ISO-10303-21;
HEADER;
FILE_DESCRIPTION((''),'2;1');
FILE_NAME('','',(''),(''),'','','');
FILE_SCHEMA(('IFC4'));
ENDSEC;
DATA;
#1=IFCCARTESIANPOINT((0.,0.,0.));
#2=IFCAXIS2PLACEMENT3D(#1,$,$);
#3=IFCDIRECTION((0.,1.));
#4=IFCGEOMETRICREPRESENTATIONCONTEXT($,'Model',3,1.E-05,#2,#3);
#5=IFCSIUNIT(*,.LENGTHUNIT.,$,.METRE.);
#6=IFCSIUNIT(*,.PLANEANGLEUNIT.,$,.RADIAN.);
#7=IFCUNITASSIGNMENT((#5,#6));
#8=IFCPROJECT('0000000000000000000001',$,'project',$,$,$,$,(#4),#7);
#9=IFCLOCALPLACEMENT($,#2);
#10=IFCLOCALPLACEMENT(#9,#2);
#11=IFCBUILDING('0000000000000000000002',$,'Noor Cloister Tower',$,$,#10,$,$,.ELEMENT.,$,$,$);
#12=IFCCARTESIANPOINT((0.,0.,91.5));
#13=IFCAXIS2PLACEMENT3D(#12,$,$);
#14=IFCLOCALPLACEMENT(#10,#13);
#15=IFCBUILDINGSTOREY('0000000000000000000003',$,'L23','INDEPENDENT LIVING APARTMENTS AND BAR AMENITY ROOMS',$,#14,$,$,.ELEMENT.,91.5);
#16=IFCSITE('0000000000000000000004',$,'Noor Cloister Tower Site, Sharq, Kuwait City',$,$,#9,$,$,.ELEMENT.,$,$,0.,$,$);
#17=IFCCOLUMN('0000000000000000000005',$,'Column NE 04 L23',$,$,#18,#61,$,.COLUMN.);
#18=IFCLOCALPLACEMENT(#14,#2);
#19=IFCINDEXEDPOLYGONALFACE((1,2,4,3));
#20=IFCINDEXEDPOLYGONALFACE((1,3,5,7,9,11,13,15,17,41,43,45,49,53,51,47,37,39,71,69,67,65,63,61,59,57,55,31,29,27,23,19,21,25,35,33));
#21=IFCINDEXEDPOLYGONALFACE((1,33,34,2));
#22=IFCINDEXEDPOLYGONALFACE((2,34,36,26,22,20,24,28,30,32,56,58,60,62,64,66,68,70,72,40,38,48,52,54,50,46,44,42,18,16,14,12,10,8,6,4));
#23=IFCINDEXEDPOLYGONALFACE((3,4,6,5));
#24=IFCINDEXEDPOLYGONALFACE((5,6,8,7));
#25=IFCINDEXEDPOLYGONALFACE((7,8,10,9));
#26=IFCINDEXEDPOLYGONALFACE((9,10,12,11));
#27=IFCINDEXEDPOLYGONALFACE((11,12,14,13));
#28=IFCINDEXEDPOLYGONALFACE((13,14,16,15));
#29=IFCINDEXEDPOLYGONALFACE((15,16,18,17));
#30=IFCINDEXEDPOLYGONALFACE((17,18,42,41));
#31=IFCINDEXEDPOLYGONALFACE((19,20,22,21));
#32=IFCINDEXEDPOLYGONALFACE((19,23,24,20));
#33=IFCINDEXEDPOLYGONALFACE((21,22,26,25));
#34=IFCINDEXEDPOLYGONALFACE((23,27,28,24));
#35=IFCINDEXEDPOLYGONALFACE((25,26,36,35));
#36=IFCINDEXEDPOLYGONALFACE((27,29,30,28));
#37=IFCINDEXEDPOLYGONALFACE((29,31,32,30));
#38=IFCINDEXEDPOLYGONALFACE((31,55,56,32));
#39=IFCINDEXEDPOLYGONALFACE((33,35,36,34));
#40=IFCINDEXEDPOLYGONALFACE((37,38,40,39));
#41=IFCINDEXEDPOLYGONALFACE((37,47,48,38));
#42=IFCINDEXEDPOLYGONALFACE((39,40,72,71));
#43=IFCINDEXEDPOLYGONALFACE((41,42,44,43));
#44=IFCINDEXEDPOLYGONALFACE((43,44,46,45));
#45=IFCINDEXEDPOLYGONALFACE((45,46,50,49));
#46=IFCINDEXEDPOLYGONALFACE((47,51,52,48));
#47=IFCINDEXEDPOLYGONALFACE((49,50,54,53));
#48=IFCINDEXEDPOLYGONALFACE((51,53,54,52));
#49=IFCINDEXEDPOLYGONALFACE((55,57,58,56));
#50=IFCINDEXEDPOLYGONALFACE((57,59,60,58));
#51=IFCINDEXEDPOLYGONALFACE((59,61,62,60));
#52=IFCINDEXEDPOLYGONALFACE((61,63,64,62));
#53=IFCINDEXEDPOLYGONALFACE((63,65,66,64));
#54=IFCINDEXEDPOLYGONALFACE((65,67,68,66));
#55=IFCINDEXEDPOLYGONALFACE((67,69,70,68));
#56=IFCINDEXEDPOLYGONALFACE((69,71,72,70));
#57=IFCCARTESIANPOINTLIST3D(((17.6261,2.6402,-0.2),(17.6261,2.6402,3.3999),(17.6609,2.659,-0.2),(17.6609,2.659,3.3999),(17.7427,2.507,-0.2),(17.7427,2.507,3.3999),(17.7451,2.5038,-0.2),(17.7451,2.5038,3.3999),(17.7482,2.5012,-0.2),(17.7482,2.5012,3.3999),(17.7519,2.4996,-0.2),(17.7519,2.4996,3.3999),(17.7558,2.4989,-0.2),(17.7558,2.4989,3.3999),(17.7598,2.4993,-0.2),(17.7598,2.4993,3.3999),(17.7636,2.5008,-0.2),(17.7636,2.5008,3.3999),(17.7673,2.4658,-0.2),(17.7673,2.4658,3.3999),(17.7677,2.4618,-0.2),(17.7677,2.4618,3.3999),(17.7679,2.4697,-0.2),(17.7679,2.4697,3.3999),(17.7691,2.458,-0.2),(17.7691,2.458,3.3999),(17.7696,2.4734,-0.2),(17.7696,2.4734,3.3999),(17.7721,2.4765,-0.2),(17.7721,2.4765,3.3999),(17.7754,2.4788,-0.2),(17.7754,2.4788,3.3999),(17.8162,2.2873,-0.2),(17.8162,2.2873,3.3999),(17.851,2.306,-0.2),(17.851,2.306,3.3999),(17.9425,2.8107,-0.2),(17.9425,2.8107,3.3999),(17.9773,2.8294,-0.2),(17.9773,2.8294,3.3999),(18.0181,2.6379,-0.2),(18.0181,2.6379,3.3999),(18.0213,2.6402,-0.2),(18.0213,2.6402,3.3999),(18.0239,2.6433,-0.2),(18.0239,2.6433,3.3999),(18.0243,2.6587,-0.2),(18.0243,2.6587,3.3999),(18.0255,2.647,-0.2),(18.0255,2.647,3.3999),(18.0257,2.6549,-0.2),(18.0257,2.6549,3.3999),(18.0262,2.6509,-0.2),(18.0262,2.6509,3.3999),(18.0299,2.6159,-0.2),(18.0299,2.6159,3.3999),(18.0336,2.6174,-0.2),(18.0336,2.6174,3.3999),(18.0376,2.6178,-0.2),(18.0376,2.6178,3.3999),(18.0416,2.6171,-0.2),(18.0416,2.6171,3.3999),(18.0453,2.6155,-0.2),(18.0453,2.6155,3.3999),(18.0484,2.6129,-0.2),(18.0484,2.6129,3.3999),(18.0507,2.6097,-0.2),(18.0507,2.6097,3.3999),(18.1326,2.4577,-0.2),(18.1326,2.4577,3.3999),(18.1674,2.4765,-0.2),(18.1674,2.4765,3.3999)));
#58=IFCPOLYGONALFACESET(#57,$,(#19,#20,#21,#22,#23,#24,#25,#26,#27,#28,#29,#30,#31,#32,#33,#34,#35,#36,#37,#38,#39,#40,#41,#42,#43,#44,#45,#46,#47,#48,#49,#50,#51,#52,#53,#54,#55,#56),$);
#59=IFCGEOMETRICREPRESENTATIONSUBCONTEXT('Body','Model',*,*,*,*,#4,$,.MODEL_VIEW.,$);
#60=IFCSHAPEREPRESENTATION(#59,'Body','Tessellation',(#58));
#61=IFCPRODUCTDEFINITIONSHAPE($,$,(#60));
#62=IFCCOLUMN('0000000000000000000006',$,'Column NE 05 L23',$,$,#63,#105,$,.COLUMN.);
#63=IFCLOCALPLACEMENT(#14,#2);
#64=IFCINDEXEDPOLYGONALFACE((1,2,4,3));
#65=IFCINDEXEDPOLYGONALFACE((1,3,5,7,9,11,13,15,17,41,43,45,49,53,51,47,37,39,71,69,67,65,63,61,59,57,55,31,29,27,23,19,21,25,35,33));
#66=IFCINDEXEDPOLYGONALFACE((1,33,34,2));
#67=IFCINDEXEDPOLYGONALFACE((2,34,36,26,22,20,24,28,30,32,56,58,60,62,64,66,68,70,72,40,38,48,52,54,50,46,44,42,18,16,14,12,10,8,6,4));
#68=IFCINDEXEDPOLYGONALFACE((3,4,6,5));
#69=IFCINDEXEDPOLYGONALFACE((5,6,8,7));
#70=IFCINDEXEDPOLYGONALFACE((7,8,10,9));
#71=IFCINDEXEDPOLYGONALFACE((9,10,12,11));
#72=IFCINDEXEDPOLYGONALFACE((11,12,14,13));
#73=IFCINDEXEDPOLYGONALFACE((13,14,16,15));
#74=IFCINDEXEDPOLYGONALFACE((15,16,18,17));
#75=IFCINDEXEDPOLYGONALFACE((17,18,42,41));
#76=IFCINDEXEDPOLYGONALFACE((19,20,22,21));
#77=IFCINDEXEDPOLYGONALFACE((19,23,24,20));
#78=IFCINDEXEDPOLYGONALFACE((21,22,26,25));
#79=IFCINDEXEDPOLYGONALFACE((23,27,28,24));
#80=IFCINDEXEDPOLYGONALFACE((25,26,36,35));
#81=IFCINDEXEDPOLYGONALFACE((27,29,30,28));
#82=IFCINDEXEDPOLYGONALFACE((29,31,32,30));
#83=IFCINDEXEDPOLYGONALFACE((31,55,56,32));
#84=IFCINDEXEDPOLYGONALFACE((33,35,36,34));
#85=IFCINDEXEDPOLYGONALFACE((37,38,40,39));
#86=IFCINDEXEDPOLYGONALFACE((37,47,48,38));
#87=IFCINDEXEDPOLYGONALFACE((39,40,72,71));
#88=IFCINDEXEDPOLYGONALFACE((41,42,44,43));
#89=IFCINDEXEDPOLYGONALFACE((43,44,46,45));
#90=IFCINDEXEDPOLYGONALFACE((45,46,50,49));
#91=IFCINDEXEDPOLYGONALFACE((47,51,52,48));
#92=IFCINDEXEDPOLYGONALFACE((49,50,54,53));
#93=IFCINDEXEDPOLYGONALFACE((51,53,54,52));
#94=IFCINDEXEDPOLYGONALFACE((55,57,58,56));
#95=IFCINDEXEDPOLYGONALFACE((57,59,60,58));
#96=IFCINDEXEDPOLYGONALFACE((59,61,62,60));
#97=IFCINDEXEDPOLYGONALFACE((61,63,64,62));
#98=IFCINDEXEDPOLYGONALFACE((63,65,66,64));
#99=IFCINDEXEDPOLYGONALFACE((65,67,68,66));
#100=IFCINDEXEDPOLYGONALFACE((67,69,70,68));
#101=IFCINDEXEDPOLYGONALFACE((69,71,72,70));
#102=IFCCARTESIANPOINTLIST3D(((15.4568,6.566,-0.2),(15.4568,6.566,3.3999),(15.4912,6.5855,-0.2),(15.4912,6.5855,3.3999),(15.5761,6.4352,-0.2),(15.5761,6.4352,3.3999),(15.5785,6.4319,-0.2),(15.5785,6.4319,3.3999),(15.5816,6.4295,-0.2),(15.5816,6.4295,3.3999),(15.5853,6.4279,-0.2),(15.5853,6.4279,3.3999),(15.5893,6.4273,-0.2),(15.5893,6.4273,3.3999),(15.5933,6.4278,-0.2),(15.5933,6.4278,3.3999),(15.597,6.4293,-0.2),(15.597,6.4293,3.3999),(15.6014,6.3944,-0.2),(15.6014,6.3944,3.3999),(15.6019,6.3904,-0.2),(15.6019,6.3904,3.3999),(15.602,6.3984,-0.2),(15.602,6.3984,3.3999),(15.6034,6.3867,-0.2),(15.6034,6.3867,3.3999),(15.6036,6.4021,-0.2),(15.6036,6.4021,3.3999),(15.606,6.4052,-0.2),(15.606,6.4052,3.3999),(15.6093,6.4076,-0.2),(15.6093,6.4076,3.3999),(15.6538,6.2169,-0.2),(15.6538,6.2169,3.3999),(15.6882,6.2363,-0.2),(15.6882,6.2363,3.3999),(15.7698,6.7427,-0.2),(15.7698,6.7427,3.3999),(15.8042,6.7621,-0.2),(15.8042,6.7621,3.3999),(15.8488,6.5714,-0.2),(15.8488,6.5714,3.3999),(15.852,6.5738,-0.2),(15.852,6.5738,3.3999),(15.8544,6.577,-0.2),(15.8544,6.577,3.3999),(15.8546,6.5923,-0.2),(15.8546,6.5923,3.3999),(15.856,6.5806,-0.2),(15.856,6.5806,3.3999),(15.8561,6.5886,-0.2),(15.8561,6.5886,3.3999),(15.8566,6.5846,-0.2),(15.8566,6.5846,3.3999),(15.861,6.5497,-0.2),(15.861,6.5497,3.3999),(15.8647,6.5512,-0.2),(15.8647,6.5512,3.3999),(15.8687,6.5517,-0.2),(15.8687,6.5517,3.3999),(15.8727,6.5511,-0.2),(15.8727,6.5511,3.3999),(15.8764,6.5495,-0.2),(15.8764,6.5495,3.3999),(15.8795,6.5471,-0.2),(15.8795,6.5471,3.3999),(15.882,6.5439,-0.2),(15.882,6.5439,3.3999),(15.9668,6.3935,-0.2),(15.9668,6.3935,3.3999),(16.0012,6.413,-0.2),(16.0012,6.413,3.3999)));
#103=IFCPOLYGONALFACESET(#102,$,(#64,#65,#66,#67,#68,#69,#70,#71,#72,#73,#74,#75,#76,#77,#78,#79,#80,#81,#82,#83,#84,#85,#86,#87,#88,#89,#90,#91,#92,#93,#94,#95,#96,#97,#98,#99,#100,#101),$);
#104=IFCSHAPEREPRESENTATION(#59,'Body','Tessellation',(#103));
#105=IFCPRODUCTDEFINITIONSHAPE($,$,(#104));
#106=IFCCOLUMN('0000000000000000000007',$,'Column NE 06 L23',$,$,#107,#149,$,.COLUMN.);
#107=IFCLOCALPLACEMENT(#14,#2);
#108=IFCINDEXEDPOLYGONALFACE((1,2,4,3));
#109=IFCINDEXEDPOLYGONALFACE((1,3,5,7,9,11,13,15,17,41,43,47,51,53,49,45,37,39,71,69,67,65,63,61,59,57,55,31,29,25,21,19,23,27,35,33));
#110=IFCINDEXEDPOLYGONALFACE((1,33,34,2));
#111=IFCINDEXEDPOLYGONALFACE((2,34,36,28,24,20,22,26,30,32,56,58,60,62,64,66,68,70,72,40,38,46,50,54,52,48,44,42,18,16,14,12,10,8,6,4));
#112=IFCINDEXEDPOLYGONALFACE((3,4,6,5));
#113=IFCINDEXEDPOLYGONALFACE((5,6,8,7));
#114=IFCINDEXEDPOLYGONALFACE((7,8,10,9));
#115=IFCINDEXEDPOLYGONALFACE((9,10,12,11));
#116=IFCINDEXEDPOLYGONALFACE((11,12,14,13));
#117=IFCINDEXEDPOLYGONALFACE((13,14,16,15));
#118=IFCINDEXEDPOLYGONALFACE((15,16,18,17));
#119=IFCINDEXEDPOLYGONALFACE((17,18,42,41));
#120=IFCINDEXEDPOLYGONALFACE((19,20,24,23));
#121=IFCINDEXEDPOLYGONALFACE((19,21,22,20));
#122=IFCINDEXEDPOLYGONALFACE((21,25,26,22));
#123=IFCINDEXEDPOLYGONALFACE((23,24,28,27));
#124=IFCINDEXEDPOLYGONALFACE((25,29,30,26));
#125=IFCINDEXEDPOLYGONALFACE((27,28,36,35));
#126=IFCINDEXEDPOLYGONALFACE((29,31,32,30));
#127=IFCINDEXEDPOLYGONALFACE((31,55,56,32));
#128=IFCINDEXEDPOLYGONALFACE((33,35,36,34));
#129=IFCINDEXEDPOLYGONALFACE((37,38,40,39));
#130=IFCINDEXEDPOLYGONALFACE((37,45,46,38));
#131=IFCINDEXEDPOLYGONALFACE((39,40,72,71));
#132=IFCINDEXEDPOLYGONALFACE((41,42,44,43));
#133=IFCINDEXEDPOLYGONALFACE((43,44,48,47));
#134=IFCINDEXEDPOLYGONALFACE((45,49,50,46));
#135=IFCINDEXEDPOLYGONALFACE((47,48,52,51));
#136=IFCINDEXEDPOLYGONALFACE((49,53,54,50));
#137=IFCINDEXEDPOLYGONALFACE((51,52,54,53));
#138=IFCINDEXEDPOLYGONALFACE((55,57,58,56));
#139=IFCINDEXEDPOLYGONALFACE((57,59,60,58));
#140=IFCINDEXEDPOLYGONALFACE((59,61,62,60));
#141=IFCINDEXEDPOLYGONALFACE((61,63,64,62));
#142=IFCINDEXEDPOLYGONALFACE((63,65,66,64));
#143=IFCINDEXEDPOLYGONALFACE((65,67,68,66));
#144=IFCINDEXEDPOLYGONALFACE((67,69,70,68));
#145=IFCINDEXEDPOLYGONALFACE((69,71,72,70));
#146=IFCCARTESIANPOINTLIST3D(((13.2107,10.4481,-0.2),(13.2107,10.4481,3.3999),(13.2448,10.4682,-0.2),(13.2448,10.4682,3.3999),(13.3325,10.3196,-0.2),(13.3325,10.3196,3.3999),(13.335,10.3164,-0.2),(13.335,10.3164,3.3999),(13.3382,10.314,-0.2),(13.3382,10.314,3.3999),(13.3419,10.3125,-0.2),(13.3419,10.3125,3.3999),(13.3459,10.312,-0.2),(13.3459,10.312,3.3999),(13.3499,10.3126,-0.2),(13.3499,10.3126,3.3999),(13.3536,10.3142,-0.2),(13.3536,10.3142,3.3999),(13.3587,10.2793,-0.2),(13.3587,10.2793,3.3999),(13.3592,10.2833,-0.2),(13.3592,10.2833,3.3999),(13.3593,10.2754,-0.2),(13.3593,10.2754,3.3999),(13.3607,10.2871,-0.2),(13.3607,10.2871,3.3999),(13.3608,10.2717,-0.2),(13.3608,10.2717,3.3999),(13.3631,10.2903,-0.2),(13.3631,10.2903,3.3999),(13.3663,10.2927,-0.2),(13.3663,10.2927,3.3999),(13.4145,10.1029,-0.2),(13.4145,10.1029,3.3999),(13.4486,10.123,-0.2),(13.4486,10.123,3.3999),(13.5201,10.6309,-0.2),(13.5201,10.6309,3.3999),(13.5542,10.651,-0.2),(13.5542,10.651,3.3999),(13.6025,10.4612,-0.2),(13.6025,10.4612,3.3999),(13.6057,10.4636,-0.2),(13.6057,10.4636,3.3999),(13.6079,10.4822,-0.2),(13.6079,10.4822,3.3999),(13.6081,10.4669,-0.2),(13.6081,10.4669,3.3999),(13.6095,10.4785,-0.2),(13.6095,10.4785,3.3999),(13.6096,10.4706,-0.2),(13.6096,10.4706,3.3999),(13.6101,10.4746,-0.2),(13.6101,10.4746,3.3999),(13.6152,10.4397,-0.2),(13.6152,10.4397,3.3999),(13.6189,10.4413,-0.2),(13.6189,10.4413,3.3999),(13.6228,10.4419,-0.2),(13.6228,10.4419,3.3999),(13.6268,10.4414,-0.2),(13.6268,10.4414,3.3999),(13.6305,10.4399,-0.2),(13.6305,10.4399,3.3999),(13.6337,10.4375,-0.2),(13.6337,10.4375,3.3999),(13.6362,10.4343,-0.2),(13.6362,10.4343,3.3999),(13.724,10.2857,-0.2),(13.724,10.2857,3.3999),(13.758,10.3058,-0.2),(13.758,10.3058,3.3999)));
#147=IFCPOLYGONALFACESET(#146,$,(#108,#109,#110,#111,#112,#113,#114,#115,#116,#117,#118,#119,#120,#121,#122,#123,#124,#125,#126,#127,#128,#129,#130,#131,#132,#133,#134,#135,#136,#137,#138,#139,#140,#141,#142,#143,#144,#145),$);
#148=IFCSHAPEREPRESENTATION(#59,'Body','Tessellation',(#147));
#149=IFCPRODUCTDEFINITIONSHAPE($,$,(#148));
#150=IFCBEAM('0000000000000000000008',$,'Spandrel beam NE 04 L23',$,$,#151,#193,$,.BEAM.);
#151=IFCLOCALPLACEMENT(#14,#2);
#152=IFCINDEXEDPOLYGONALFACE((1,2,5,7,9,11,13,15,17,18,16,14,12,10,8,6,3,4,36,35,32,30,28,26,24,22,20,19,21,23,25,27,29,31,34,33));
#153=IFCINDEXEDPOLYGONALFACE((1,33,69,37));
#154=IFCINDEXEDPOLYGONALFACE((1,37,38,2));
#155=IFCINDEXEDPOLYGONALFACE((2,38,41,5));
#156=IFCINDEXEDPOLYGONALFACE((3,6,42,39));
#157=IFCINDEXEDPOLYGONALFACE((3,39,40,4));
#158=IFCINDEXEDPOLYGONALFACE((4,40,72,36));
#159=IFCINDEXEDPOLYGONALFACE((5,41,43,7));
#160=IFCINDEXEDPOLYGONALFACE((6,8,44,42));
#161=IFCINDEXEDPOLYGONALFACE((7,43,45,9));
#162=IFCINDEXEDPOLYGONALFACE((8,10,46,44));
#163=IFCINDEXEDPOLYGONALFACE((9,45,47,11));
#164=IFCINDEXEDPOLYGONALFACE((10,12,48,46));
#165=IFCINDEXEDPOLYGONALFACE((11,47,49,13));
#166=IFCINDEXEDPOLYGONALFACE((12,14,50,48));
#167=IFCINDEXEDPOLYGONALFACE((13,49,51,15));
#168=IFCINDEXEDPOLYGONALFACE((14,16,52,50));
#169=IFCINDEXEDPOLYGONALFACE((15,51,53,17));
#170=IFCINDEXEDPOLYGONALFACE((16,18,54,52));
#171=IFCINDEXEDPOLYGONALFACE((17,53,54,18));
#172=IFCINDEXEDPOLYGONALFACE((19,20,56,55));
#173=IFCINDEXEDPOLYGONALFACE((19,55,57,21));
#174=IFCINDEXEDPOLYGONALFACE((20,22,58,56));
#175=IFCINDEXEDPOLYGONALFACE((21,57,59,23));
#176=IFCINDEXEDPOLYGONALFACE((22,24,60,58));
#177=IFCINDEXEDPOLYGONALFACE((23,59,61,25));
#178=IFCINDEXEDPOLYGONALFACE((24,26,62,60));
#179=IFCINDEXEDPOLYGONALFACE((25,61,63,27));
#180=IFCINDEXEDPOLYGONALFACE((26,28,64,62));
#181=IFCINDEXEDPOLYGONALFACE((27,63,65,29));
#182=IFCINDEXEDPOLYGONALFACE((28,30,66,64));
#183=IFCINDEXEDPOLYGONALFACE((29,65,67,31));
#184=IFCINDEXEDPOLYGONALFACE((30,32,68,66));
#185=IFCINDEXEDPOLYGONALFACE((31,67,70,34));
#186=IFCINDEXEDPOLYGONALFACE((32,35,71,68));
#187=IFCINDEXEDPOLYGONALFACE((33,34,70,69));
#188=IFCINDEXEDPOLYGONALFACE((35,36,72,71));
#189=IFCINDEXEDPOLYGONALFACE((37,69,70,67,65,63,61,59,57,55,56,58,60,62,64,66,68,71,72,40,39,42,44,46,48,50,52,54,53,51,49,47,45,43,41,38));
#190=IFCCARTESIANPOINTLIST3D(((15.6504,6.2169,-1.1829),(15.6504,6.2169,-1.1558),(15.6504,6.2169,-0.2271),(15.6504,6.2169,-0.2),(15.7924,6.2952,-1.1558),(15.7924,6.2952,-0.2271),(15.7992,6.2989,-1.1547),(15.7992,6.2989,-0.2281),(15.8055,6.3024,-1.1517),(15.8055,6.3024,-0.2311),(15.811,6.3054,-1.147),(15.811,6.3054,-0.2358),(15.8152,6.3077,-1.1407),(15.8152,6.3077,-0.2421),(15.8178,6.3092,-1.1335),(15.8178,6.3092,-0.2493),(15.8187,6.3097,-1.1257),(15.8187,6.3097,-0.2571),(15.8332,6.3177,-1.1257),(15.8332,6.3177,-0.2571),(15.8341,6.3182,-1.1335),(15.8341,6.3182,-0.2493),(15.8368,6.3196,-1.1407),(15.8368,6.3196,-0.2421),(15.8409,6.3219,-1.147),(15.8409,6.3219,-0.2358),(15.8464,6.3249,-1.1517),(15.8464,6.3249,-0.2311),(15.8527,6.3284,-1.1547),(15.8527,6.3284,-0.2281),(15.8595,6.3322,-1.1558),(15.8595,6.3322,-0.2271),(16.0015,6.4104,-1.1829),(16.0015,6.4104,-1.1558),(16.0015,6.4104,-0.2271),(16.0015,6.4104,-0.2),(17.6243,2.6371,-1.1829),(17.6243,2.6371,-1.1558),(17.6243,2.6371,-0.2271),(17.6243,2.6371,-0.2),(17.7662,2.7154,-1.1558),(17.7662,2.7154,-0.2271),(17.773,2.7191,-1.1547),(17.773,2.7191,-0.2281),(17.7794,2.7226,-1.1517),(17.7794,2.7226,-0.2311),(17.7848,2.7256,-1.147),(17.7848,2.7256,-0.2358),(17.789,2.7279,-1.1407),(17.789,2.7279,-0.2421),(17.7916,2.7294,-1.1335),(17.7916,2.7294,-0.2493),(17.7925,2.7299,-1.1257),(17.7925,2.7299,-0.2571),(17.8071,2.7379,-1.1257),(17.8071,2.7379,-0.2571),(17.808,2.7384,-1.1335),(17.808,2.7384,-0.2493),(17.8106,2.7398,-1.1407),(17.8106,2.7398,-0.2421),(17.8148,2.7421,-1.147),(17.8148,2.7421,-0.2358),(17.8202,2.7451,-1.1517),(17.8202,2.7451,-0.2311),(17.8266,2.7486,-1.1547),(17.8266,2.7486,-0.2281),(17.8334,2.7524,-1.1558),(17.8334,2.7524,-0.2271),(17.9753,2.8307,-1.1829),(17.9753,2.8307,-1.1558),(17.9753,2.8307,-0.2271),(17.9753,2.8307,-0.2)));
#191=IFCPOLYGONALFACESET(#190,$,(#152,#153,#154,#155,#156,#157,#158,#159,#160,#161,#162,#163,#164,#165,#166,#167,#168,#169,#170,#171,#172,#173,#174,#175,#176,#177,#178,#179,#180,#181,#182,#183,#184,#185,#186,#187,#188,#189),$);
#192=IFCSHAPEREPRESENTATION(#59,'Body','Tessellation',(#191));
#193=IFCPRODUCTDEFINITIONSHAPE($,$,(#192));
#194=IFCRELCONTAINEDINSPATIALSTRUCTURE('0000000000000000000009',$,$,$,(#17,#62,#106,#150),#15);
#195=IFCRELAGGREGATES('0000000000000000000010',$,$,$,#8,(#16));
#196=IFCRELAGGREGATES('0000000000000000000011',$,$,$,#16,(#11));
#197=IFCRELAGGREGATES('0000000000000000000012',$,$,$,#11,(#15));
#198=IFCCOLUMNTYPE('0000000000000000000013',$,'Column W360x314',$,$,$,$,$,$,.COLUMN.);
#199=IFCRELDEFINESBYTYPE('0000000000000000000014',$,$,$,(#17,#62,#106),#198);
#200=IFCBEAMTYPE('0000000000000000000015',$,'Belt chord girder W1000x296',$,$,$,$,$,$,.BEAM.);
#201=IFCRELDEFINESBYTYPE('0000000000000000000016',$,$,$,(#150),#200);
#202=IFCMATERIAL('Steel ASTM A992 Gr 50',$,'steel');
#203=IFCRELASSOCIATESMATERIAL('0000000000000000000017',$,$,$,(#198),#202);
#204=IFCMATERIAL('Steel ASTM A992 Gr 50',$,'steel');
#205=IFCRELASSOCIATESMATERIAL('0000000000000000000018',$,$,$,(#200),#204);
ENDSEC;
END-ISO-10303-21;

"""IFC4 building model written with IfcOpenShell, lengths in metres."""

from ifc_helpers import new_model, si_unit, direction, frame, origin, origin_2d, place, context, subcontext, project, spatial, i_section, extrude, material, material_profile, profile_set, type_object, element, save


model = new_model("IFC4")

# Units and contexts
model_context = context("Model", 3, precision=1e-05, world=origin(), true_north=direction((0.0, 1.0)))
body_context = subcontext(model_context, "Body", "Model", "MODEL_VIEW")
ifc_project = project(units=[si_unit("LENGTHUNIT", "METRE"), si_unit("PLANEANGLEUNIT", "RADIAN")], contexts=[model_context])

# Site, building, storey
site_placement = place(None, origin())
site = spatial("IfcSite", under=ifc_project, at=site_placement, Name="Noor Cloister Tower Site, Sharq, Kuwait City", CompositionType="ELEMENT", RefElevation=0.0)
building_placement = place(site_placement, origin())
building = spatial("IfcBuilding", under=site, at=building_placement, Name="Noor Cloister Tower", CompositionType="ELEMENT")
storey_placement = place(building_placement, frame((0.0, 0.0, 91.5)))
storey = spatial("IfcBuildingStorey", under=building, at=storey_placement, Name="L23", Description="INDEPENDENT LIVING APARTMENTS AND BAR AMENITY ROOMS", CompositionType="ELEMENT", Elevation=91.5)

# Columns
ifc_material_1 = material(Name="Steel ASTM A992 Gr 50", Category="steel")
ifc_material_profile_1 = material_profile(ifc_material_1, i_section(OverallWidth=0.4009, OverallDepth=0.3989, WebThickness=0.0249, FlangeThickness=0.0396, FilletRadius=0.0154, at=origin_2d()), Name="W360x314")
ifc_profile_set_1 = profile_set([ifc_material_profile_1], Name="Steel ASTM A992 Gr 50")
column_type = type_object("IfcColumnType", Name="Column W360x314", PredefinedType="COLUMN", material=ifc_profile_set_1)
for number, where, z_axis, x_axis, name in (
    (1, (17.8967, 2.5583, -0.2), (0.0, 0.0, 1.0), (-0.474216, 0.880408, 0.0), "Column NE 04 L23"),
    (2, (15.729, 6.4895, -0.2), (0.0, 0.0, 1.0), (-0.491453, 0.870904, 0.0), "Column NE 05 L23"),
    (3, (13.4844, 10.377, -0.2), (0.0, 0.0, 1.0), (-0.508499, 0.861063, 0.0), "Column NE 06 L23"),
):
    element("IfcColumn", number, at=place(storey_placement, frame(where, z_axis=z_axis, x_axis=x_axis)), inside=storey, type_object=column_type, Name=name, PredefinedType="COLUMN", context=body_context, shape_type="SweptSolid", body=[
        extrude(i_section(OverallWidth=0.4009, OverallDepth=0.3989, WebThickness=0.0249, FlangeThickness=0.0396, FilletRadius=0.0154, at=origin_2d()), origin(), (0.0, 0.0, 1.0), 3.5999),
    ])

# Beam
ifc_material_2 = material(Name="Steel ASTM A992 Gr 50", Category="steel")
ifc_material_profile_2 = material_profile(ifc_material_2, i_section(OverallWidth=0.4009, OverallDepth=0.9829, WebThickness=0.0166, FlangeThickness=0.0271, FilletRadius=0.03, at=origin_2d()), Name="W1000x296")
ifc_profile_set_2 = profile_set([ifc_material_profile_2], Name="Steel ASTM A992 Gr 50")
beam_type_1 = type_object("IfcBeamType", Name="Belt chord girder W1000x296", PredefinedType="BEAM", material=ifc_profile_set_2)
beam_1_placement = place(storey_placement, frame((17.7998, 2.7339, -0.6914), z_axis=(-0.482852, 0.875702, 0.0), x_axis=(-0.875702, -0.482852, 0.0)))
element("IfcBeam", 4, at=beam_1_placement, inside=storey, type_object=beam_type_1, Name="Spandrel beam NE 04 L23", PredefinedType="BEAM", context=body_context, shape_type="SweptSolid", body=[
    extrude(i_section(OverallWidth=0.4009, OverallDepth=0.9829, WebThickness=0.0166, FlangeThickness=0.0271, FilletRadius=0.03, at=origin_2d()), origin(), (0.0, 0.0, 1.0), 4.0879),
])

save(model, "model.ifc")
